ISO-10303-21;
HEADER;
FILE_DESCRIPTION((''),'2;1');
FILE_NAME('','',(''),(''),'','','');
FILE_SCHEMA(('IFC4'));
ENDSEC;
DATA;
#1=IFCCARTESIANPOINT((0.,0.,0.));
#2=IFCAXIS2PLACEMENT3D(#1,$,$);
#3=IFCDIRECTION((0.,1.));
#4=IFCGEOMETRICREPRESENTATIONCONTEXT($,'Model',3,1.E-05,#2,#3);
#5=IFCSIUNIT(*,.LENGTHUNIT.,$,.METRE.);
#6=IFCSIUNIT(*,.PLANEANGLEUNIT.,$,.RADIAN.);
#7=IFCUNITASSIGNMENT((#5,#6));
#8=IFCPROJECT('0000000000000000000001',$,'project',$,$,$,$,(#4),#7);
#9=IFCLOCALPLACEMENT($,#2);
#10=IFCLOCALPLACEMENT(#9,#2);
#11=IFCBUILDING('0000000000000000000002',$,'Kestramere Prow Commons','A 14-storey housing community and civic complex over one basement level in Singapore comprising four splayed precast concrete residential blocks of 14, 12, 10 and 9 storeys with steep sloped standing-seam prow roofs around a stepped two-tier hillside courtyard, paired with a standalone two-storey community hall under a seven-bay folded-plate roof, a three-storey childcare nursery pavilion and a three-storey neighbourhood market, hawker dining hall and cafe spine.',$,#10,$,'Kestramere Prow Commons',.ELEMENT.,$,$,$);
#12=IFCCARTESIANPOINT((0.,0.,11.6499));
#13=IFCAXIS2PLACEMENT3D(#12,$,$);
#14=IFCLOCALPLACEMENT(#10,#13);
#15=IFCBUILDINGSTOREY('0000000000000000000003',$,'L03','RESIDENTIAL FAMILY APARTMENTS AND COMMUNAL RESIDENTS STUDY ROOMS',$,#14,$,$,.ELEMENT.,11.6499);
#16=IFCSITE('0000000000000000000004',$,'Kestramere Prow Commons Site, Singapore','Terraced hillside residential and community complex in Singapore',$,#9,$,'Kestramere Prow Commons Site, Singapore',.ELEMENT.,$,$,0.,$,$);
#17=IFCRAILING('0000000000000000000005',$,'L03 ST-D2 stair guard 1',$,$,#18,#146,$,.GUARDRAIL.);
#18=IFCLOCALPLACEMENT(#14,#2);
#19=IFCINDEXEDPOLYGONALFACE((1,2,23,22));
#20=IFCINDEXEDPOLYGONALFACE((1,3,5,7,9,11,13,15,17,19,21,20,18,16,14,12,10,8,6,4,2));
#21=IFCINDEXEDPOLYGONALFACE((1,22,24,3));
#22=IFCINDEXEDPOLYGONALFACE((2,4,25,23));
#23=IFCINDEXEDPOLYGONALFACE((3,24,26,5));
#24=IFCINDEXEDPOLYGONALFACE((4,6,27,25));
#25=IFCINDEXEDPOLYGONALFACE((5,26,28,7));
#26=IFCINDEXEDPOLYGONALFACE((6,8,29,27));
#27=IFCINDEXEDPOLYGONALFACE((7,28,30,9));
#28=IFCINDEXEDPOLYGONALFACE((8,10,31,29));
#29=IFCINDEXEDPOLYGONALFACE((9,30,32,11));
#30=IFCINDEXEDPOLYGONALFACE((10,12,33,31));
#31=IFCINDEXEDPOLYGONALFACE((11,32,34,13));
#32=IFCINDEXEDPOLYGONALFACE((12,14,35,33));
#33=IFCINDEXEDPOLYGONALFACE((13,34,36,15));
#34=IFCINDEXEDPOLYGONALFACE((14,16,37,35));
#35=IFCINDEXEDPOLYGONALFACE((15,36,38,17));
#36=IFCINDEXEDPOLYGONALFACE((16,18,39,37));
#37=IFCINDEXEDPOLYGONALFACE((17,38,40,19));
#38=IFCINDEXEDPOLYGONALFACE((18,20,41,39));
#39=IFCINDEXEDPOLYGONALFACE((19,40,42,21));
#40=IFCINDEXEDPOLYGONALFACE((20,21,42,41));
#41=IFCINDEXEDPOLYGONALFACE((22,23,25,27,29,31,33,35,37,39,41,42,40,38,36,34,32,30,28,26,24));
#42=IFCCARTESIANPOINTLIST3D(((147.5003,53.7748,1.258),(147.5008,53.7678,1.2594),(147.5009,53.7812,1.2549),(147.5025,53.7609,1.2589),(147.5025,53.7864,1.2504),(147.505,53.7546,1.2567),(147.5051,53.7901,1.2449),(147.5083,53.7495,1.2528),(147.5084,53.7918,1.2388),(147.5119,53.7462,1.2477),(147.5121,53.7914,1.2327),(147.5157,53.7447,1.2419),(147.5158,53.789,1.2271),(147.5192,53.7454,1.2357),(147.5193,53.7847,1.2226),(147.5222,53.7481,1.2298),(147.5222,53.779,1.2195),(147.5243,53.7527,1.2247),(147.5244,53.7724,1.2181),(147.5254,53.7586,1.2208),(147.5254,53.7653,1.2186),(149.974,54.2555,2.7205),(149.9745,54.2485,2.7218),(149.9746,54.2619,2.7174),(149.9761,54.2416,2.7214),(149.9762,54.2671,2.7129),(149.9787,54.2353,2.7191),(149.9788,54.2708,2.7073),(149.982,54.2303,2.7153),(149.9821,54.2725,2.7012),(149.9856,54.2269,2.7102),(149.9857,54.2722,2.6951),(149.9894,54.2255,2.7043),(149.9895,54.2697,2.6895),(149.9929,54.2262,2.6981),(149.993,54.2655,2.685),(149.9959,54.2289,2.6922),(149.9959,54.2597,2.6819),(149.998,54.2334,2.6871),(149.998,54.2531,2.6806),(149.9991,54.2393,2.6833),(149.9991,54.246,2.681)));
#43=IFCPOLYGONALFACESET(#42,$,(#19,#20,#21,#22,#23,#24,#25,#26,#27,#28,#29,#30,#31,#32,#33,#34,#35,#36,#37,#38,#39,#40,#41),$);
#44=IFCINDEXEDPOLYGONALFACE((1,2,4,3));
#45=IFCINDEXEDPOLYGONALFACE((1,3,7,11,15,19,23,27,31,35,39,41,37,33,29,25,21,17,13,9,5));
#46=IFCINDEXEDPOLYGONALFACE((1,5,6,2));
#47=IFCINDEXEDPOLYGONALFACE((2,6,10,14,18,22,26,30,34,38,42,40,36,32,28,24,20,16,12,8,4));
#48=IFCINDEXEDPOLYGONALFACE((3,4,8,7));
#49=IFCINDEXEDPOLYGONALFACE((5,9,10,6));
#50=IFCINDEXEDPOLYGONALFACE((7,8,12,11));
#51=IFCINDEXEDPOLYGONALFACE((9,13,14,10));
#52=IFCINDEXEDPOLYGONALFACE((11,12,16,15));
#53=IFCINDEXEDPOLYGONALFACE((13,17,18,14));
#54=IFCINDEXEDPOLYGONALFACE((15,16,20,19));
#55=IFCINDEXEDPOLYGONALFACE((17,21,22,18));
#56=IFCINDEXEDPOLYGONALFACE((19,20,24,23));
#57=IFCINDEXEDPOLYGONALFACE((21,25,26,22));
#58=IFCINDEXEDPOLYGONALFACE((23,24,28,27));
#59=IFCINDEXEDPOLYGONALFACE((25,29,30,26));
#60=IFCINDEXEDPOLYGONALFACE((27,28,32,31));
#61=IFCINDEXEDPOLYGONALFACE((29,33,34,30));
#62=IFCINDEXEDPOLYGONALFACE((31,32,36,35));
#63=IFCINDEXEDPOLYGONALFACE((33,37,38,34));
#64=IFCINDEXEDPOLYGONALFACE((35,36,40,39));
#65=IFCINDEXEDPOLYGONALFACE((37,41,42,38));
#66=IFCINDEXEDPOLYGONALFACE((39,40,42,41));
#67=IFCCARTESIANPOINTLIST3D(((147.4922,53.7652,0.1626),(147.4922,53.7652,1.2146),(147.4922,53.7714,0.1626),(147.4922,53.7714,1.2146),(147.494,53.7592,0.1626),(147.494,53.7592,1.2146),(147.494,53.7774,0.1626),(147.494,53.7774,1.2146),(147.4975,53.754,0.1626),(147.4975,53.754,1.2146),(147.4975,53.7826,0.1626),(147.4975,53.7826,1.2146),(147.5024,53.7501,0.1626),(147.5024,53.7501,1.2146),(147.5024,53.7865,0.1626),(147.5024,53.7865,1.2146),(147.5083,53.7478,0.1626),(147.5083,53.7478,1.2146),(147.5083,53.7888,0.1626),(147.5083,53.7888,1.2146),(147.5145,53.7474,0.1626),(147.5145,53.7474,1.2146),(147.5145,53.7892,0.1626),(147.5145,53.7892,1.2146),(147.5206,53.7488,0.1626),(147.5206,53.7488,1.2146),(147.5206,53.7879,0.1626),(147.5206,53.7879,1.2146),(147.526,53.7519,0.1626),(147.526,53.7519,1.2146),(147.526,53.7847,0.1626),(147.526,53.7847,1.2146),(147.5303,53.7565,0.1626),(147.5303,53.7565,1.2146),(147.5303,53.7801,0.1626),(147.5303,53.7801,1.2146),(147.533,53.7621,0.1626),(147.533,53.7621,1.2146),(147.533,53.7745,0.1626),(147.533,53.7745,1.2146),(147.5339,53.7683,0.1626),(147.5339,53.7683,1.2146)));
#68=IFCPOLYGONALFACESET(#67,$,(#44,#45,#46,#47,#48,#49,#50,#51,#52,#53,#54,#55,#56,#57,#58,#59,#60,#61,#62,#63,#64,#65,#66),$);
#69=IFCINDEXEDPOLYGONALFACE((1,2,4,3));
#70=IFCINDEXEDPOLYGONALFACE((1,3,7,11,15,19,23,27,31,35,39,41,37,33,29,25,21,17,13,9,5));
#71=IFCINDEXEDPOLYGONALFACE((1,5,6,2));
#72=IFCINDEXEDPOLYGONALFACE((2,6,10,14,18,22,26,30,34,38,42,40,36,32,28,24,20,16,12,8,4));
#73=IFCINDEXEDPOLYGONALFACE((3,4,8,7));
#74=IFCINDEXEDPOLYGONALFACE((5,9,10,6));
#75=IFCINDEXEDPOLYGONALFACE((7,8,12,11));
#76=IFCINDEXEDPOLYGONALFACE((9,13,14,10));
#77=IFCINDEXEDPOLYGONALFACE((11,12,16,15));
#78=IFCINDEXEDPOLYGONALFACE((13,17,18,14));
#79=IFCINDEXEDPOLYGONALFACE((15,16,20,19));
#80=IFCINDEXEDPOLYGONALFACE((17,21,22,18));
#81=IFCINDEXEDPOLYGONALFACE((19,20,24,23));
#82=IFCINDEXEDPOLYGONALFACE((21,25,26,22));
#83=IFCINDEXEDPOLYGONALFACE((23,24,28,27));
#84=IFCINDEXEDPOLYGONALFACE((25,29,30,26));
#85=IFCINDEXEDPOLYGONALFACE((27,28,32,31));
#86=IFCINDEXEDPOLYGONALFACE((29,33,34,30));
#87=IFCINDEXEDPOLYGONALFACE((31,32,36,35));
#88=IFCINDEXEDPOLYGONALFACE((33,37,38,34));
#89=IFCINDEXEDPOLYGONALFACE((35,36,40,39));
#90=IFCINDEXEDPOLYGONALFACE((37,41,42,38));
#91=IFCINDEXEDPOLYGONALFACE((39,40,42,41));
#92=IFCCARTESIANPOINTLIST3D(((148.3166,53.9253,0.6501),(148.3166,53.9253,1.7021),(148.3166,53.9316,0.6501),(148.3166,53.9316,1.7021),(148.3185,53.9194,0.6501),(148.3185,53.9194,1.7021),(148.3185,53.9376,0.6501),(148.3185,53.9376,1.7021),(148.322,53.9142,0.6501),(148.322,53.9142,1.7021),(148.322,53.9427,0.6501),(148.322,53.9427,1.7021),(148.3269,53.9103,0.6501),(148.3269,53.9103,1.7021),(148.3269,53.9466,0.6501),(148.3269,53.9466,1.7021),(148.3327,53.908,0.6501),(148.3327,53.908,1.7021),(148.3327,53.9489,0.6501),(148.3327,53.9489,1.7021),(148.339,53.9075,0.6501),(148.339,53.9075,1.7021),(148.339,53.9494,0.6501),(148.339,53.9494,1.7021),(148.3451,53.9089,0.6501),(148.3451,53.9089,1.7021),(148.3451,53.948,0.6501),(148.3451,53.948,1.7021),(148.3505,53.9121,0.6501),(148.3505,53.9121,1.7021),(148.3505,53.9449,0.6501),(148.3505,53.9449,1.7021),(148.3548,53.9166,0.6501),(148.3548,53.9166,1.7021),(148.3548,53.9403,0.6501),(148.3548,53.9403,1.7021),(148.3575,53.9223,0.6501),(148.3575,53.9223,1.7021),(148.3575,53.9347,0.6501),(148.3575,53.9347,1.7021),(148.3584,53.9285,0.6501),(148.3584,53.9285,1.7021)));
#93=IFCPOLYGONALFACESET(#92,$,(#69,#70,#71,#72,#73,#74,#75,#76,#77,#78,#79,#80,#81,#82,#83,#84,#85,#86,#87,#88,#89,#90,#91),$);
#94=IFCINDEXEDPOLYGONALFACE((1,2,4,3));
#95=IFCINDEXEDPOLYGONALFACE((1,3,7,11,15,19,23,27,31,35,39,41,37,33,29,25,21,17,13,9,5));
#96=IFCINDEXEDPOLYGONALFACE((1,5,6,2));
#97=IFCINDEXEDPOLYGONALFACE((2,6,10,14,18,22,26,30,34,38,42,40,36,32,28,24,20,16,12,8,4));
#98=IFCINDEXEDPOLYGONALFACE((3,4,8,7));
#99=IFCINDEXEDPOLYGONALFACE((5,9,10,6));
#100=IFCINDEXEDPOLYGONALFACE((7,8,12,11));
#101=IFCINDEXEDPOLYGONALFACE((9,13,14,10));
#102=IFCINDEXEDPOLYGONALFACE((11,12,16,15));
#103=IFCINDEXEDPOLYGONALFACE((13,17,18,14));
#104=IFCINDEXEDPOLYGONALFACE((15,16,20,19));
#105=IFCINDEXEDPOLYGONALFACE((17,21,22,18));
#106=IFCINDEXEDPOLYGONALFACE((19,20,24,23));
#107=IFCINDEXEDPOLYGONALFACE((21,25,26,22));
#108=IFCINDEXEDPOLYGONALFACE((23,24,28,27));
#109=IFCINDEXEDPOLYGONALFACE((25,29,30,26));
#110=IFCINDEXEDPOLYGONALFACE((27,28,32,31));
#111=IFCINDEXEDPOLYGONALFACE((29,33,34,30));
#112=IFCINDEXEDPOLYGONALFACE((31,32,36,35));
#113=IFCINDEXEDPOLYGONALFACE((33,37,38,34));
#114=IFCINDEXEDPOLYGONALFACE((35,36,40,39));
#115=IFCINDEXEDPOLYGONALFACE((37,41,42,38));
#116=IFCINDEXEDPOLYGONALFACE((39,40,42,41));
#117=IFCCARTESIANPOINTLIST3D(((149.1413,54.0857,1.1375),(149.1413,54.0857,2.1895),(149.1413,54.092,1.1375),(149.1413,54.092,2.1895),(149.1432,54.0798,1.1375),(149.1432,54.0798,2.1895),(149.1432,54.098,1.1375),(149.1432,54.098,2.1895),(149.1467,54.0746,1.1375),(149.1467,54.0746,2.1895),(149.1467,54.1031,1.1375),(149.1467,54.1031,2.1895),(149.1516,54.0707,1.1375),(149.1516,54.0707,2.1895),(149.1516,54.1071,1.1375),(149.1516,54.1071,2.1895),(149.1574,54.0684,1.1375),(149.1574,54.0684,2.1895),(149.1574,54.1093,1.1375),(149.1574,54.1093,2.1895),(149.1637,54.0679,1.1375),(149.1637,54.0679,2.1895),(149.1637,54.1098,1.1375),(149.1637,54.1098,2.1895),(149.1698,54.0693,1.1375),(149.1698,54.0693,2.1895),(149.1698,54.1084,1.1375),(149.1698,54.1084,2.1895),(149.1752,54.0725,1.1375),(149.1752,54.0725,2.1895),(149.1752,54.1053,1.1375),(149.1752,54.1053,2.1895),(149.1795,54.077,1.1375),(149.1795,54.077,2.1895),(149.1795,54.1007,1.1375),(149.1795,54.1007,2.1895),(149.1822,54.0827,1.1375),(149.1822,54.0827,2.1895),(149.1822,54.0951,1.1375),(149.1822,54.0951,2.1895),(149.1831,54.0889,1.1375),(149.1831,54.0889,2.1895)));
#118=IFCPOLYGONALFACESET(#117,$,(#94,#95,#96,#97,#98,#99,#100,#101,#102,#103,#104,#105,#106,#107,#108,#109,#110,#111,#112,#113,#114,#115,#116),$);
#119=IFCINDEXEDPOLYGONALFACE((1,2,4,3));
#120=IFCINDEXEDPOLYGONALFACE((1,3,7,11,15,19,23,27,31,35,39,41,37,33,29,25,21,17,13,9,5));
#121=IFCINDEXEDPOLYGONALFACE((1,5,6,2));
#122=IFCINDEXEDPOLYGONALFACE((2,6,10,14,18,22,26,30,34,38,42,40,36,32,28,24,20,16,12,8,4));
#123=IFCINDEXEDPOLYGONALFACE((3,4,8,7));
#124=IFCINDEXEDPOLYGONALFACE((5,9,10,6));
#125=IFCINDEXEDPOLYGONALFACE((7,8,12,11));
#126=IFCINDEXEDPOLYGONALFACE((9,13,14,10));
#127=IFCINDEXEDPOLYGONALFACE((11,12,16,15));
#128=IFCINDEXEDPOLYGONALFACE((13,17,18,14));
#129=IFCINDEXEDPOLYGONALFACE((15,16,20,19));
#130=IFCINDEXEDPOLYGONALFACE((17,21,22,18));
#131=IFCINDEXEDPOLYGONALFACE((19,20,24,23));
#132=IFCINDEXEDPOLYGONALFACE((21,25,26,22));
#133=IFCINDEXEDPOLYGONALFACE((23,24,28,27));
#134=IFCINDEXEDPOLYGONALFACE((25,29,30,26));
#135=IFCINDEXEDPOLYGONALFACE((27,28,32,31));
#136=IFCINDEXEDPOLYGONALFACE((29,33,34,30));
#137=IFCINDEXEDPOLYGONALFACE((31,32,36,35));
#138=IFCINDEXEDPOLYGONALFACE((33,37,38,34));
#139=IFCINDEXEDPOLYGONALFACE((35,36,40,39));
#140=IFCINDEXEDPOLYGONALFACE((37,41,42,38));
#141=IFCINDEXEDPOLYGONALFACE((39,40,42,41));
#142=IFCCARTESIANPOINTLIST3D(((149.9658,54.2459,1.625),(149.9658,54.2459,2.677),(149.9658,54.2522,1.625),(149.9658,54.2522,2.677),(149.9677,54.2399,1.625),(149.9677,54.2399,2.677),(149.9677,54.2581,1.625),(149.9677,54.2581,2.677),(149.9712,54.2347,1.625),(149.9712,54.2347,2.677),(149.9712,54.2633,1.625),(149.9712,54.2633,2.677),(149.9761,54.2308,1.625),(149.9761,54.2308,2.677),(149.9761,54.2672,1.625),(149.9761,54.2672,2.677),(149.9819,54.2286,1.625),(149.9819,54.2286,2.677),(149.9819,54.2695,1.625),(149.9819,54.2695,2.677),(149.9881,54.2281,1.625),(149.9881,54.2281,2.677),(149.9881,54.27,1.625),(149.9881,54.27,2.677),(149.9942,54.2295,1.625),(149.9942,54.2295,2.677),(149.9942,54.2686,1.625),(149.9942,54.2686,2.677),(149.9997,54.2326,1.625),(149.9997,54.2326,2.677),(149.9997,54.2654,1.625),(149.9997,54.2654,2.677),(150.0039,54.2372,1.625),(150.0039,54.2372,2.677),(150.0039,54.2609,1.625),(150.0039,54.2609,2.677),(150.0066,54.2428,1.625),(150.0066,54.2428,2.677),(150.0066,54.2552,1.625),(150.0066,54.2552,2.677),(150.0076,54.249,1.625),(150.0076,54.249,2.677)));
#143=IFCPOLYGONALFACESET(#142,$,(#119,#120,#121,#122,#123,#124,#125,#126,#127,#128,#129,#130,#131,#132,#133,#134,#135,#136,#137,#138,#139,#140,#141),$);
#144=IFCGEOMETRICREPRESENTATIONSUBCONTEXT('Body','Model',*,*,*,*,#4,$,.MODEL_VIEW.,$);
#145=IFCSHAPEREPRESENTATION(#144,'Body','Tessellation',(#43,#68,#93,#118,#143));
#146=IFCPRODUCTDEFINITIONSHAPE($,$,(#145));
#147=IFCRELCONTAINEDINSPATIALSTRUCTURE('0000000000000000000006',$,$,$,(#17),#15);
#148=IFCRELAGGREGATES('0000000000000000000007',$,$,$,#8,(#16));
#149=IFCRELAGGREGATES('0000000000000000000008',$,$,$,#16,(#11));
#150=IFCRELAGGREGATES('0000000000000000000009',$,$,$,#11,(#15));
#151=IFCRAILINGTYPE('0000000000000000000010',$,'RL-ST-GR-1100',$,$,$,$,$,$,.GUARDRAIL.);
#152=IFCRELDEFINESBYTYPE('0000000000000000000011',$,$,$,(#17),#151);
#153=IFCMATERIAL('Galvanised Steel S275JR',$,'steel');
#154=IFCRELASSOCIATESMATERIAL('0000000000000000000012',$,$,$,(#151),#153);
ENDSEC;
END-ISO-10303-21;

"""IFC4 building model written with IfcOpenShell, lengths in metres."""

from ifc_helpers import new_model, si_unit, direction, frame, origin, origin_2d, place, context, subcontext, project, spatial, circle, extrude, material, type_object, element, save


model = new_model("IFC4")

# Units and contexts
model_context = context("Model", 3, precision=1e-05, world=origin(), true_north=direction((0.0, 1.0)))
body_context = subcontext(model_context, "Body", "Model", "MODEL_VIEW")
ifc_project = project(units=[si_unit("LENGTHUNIT", "METRE"), si_unit("PLANEANGLEUNIT", "RADIAN")], contexts=[model_context])

# Site, building, storey
site_placement = place(None, origin())
site = spatial("IfcSite", under=ifc_project, at=site_placement, Name="Kestramere Prow Commons Site, Singapore", Description="Terraced hillside residential and community complex in Singapore", LongName="Kestramere Prow Commons Site, Singapore", CompositionType="ELEMENT", RefElevation=0.0)
building_placement = place(site_placement, origin())
building = spatial("IfcBuilding", under=site, at=building_placement, Name="Kestramere Prow Commons", Description="A 14-storey housing community and civic complex over one basement level in Singapore comprising four splayed precast concrete residential blocks of 14, 12, 10 and 9 storeys with steep sloped standing-seam prow roofs around a stepped two-tier hillside courtyard, paired with a standalone two-storey community hall under a seven-bay folded-plate roof, a three-storey childcare nursery pavilion and a three-storey neighbourhood market, hawker dining hall and cafe spine.", LongName="Kestramere Prow Commons", CompositionType="ELEMENT")
storey_placement = place(building_placement, frame((0.0, 0.0, 11.6499)))
storey = spatial("IfcBuildingStorey", under=building, at=storey_placement, Name="L03", Description="RESIDENTIAL FAMILY APARTMENTS AND COMMUNAL RESIDENTS STUDY ROOMS", CompositionType="ELEMENT", Elevation=11.6499)

# Railing
ifc_material_1 = material(Name="Galvanised Steel S275JR", Category="steel")
railing_type_1 = type_object("IfcRailingType", Name="RL-ST-GR-1100", PredefinedType="GUARDRAIL", material=ifc_material_1)
railing_1_placement = place(storey_placement, frame((147.5129, 53.7683, 0.1626)))
element("IfcRailing", 1, at=railing_1_placement, inside=storey, type_object=railing_type_1, Name="L03 ST-D2 stair guard 1", PredefinedType="GUARDRAIL", context=body_context, shape_type="SweptSolid", body=[
    extrude(circle(Radius=0.0239, at=origin_2d()), frame((0.0, 0.0, 1.0762), z_axis=(0.84902, 0.164994, 0.501938), x_axis=(-0.190766, 0.981636, 0.0)), (0.0, 0.0, 1.0), 2.9136),
    extrude(circle(Radius=0.021, at=origin_2d()), origin(), (0.0, 0.0, 1.0), 1.052),
    extrude(circle(Radius=0.021, at=origin_2d()), frame((0.8245, 0.1602, 0.4875)), (0.0, 0.0, 1.0), 1.052),
    extrude(circle(Radius=0.021, at=origin_2d()), frame((1.6492, 0.3206, 0.9749)), (0.0, 0.0, 1.0), 1.052),
    extrude(circle(Radius=0.021, at=origin_2d()), frame((2.4736, 0.4807, 1.4624)), (0.0, 0.0, 1.0), 1.052),
])

save(model, "model.ifc")
